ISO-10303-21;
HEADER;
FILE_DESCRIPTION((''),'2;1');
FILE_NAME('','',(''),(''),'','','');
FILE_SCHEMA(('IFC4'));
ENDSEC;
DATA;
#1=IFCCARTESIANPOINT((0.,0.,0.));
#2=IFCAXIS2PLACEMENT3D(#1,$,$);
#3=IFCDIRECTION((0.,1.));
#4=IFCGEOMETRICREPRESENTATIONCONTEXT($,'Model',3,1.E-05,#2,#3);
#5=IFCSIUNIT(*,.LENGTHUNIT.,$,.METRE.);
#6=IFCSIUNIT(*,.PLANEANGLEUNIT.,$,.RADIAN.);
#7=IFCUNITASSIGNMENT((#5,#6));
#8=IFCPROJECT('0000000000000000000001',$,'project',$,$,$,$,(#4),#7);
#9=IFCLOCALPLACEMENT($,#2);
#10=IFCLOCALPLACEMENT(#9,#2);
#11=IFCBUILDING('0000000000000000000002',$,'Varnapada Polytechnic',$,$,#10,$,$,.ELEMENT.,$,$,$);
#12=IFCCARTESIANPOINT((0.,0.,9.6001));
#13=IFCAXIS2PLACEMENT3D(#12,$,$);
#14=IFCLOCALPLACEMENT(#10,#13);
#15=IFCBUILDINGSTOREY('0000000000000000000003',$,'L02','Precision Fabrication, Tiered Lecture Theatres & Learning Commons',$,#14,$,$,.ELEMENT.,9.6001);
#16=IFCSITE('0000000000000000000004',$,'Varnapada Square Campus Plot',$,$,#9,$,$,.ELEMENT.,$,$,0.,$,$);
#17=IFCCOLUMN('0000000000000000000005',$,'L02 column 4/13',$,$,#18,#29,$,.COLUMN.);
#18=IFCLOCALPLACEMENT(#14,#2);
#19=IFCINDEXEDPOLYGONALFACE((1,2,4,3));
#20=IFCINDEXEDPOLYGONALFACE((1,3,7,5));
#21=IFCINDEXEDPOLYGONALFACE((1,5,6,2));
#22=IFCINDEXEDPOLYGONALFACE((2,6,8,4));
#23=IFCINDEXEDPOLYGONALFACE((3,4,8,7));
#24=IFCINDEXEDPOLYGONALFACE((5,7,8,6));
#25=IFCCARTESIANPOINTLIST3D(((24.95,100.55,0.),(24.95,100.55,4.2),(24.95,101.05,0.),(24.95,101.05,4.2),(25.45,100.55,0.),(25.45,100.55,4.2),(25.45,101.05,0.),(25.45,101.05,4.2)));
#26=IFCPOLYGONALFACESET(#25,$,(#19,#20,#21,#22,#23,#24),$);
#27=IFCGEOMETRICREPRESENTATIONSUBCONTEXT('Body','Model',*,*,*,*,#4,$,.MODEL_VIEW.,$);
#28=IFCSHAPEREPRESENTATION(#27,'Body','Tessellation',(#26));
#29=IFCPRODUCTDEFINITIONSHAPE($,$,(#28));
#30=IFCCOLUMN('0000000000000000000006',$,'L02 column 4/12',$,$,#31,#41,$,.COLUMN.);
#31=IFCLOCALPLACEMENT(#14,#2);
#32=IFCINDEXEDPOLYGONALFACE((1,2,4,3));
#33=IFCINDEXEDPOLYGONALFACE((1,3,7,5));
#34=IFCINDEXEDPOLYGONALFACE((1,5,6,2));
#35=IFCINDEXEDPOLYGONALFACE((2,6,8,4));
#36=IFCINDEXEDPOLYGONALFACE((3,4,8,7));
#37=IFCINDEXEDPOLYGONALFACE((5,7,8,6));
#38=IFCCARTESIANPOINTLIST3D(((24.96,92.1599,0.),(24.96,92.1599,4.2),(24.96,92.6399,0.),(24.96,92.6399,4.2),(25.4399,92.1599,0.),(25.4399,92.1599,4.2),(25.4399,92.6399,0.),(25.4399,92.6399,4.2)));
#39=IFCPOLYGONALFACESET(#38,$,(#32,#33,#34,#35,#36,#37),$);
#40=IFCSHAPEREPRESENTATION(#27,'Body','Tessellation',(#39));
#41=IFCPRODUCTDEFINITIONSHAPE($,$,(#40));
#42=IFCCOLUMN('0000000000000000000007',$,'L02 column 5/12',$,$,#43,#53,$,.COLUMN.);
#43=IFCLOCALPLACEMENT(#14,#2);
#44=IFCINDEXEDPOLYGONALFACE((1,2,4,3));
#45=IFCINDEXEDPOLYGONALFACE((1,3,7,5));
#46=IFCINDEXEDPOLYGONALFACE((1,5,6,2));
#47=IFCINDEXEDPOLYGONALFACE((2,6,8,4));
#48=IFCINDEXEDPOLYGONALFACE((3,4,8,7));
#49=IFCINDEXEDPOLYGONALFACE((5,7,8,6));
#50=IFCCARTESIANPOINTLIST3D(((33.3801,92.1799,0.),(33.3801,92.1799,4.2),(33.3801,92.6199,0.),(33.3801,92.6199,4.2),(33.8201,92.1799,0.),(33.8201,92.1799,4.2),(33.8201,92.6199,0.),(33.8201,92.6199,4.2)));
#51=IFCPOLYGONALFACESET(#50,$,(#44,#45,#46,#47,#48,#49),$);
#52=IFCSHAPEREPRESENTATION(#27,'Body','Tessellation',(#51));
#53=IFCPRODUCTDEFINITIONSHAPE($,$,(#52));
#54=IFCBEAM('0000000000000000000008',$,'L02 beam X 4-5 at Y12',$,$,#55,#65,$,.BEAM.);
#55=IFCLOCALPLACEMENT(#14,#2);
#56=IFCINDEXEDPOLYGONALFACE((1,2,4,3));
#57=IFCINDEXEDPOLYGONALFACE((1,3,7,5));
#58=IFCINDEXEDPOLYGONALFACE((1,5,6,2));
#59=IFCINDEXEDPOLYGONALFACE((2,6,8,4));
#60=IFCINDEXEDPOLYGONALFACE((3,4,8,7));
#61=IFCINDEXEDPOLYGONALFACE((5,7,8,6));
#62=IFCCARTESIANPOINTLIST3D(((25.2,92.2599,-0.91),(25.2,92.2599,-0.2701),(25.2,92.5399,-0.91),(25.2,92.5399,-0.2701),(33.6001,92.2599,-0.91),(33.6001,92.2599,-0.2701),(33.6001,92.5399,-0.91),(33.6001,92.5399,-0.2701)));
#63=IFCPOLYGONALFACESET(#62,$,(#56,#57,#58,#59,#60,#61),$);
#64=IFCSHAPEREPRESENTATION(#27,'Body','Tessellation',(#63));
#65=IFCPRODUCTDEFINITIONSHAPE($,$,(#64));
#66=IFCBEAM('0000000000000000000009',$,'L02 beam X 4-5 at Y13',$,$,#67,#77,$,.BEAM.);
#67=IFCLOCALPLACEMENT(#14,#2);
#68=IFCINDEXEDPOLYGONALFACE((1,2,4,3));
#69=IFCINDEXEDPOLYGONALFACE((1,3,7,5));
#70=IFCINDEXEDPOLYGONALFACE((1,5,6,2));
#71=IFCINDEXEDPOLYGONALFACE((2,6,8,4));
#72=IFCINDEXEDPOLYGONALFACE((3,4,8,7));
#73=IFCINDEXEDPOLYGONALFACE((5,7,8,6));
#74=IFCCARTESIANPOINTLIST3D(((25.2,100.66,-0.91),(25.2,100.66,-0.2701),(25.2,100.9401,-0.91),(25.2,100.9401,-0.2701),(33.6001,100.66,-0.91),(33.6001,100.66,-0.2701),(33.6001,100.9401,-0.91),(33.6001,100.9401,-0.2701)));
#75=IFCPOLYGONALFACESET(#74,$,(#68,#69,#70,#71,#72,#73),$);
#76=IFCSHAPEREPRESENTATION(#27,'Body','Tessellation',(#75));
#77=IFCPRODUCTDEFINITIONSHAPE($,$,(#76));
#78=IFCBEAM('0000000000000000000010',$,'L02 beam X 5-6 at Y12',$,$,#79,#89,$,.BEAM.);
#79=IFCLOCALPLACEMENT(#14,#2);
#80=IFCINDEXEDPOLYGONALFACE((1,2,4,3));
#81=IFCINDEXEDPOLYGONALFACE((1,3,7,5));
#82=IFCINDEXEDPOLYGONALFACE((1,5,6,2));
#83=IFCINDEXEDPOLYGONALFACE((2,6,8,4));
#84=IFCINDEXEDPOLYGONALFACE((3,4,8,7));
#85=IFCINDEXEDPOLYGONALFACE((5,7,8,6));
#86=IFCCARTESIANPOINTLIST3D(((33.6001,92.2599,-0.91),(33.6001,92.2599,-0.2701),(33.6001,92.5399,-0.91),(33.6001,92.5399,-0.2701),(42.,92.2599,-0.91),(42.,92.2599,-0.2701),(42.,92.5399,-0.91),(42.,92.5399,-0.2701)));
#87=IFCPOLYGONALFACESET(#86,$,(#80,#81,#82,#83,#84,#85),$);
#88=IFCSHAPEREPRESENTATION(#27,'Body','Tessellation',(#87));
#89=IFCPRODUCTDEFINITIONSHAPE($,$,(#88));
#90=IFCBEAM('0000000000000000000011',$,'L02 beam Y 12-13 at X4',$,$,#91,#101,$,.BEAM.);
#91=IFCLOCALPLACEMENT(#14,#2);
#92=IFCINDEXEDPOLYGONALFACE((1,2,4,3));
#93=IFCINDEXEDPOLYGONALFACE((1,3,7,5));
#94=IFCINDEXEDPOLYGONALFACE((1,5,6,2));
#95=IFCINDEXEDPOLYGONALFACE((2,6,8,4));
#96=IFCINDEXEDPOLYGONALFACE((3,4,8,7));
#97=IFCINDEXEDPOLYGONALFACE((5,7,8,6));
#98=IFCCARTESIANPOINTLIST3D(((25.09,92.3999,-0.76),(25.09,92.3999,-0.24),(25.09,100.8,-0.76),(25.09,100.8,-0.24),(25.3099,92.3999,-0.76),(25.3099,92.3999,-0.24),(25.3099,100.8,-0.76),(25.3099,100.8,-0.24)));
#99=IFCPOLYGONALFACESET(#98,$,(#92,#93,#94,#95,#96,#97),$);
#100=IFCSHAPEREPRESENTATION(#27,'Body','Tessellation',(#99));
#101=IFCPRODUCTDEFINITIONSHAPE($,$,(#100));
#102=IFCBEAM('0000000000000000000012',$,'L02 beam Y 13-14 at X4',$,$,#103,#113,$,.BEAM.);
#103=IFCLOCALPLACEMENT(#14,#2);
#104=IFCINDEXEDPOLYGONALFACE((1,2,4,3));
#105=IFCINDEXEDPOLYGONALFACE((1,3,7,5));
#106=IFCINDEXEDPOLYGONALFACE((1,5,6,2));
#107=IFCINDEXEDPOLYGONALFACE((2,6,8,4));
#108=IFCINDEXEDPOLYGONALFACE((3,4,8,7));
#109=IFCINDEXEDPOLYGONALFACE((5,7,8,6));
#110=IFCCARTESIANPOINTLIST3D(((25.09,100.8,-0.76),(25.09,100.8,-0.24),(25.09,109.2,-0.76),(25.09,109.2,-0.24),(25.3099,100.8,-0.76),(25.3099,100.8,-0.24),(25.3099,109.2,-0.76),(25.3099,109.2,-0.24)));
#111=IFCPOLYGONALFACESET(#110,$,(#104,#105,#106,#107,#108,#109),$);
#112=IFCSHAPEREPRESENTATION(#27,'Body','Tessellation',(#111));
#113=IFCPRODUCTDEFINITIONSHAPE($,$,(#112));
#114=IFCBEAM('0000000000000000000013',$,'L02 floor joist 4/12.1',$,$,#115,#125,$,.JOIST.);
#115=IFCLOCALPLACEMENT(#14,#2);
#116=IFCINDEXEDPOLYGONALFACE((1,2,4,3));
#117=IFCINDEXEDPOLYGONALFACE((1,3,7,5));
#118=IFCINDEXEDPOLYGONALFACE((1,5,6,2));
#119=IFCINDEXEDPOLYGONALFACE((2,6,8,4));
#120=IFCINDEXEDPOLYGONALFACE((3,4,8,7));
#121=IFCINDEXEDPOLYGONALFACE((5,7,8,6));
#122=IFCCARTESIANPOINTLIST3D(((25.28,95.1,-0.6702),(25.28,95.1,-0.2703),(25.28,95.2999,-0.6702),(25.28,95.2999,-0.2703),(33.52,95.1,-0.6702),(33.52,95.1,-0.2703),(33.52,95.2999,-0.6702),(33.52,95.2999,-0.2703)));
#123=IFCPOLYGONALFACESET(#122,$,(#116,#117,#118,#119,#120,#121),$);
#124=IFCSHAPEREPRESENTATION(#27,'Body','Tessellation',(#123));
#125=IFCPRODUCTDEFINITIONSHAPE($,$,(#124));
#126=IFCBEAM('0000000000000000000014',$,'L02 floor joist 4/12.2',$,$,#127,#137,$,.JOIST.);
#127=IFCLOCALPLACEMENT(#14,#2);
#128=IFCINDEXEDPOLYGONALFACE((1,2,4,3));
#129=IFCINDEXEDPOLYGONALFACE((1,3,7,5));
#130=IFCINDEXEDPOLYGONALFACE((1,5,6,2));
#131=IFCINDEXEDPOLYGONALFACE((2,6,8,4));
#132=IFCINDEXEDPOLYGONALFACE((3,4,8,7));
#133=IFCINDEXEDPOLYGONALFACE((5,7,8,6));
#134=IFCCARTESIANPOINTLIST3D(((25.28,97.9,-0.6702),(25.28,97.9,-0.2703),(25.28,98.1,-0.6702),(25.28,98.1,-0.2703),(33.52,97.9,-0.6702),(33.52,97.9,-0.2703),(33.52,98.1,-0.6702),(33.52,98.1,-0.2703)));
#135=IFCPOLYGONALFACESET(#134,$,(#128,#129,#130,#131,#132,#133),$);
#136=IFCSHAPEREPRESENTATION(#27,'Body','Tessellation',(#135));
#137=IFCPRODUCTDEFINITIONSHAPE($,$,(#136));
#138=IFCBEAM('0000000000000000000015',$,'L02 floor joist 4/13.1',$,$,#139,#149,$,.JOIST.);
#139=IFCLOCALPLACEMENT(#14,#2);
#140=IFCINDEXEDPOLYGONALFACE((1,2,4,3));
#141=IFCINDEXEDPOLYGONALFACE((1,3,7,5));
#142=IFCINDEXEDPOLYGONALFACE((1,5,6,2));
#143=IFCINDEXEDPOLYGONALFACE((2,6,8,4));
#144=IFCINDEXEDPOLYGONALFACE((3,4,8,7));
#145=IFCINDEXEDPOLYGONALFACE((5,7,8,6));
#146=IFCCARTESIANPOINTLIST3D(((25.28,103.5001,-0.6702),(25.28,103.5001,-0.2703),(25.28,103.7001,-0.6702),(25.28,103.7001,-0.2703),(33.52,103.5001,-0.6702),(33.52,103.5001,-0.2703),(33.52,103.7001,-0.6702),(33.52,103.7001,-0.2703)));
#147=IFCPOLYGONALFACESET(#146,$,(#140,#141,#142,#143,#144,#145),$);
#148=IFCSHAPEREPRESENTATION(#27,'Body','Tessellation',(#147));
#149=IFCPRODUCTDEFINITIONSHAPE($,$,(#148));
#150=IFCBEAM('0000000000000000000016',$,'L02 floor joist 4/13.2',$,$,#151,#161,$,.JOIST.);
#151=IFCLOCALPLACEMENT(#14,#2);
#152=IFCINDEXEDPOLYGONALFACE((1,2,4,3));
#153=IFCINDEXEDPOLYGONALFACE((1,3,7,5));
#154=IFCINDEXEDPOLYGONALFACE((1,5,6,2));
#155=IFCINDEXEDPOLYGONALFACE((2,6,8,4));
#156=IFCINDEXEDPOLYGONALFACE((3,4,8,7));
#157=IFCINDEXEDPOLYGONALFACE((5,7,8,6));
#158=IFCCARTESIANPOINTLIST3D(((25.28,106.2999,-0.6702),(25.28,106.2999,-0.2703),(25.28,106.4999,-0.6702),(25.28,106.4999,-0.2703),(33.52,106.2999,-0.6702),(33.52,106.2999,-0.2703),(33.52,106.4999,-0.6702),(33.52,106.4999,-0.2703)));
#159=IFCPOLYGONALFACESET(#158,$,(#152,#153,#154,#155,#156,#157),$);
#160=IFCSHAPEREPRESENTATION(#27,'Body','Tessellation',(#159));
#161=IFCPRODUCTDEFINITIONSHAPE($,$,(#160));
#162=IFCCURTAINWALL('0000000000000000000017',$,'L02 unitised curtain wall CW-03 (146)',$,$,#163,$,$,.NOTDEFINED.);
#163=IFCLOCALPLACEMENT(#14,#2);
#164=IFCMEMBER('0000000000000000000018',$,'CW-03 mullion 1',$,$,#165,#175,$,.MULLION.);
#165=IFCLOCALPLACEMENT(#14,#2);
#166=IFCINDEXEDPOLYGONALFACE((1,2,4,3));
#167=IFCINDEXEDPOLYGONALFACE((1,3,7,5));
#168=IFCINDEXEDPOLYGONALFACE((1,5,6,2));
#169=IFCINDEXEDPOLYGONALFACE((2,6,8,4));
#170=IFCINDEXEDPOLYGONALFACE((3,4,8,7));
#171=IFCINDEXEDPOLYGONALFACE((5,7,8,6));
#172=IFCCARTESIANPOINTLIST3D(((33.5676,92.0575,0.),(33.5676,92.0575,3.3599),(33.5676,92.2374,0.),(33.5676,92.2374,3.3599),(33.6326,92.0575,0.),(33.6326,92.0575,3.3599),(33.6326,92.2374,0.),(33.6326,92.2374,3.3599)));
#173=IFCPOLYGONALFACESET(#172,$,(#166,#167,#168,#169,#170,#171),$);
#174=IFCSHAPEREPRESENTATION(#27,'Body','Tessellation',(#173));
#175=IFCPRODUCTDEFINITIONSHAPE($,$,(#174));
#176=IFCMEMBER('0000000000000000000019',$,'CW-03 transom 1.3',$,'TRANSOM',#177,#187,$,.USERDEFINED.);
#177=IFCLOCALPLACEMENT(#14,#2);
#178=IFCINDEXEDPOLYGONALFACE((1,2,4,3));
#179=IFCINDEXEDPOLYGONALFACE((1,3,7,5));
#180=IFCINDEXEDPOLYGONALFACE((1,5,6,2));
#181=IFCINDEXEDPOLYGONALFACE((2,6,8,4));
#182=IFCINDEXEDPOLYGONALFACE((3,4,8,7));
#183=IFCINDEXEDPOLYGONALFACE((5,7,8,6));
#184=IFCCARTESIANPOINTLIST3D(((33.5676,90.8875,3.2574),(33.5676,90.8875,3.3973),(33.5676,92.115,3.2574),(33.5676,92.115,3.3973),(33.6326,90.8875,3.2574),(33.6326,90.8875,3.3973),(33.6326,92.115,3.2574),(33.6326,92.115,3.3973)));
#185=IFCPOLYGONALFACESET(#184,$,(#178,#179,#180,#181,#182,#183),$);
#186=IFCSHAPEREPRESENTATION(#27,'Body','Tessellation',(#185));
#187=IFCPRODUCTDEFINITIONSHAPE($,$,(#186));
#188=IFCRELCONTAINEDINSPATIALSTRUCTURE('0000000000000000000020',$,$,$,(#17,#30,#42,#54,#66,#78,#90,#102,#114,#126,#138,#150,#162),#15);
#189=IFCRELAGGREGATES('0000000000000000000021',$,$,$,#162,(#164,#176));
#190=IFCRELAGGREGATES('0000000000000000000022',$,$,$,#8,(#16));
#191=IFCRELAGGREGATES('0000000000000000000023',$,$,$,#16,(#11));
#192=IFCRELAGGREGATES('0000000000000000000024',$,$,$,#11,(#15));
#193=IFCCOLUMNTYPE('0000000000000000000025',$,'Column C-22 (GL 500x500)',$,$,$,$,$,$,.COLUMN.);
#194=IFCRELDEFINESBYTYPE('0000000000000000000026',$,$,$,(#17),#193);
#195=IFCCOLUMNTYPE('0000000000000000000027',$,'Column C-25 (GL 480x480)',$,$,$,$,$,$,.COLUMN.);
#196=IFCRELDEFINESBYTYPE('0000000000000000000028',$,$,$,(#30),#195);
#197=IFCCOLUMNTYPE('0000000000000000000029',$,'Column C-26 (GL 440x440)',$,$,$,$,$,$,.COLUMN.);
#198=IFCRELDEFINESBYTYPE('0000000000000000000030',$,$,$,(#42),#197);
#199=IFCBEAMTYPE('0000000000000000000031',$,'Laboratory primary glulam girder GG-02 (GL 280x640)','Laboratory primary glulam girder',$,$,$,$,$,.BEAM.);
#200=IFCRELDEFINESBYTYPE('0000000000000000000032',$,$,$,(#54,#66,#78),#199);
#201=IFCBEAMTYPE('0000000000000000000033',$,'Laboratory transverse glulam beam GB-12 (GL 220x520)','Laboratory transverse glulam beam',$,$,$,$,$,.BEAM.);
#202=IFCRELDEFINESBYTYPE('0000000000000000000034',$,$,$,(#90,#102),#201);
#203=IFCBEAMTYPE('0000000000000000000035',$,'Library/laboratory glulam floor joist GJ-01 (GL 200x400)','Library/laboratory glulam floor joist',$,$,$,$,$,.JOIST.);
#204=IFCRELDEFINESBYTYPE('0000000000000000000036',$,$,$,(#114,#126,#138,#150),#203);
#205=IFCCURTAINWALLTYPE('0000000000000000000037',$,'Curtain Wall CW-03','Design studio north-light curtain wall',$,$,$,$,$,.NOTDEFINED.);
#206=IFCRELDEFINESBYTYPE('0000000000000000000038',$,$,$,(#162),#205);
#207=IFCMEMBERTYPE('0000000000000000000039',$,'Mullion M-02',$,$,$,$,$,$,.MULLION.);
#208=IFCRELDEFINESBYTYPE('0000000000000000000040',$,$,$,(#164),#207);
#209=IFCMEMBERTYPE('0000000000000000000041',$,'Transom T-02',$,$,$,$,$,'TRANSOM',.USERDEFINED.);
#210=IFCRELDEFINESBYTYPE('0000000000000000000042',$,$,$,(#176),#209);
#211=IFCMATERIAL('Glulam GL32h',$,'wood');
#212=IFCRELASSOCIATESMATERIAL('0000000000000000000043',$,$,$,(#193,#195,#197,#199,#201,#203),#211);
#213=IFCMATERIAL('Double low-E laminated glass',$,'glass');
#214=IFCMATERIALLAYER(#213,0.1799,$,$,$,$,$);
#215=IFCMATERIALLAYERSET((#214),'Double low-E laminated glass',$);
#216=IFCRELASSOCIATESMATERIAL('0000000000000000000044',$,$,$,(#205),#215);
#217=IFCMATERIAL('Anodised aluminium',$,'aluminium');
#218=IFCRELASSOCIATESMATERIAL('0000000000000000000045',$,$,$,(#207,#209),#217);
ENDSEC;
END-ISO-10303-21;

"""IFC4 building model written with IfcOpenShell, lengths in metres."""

from ifc_helpers import new_model, si_unit, direction, frame, origin, origin_2d, place, context, subcontext, project, spatial, rectangle, extrude, material, layer, layer_set, material_profile, profile_set, type_object, element, aggregate, save


model = new_model("IFC4")

# Units and contexts
model_context = context("Model", 3, precision=1e-05, world=origin(), true_north=direction((0.0, 1.0)))
body_context = subcontext(model_context, "Body", "Model", "MODEL_VIEW")
ifc_project = project(units=[si_unit("LENGTHUNIT", "METRE"), si_unit("PLANEANGLEUNIT", "RADIAN")], contexts=[model_context])

# Site, building, storey
site_placement = place(None, origin())
site = spatial("IfcSite", under=ifc_project, at=site_placement, Name="Varnapada Square Campus Plot", CompositionType="ELEMENT", RefElevation=0.0)
building_placement = place(site_placement, origin())
building = spatial("IfcBuilding", under=site, at=building_placement, Name="Varnapada Polytechnic", CompositionType="ELEMENT")
storey_placement = place(building_placement, frame((0.0, 0.0, 9.6001)))
storey = spatial("IfcBuildingStorey", under=building, at=storey_placement, Name="L02", Description="Precision Fabrication, Tiered Lecture Theatres & Learning Commons", CompositionType="ELEMENT", Elevation=9.6001)

# Columns
ifc_material_1 = material(Name="Glulam GL32h", Category="wood")
ifc_material_profile_1 = material_profile(ifc_material_1, rectangle(XDim=0.5, YDim=0.5, at=origin_2d()), Name="GL 500x500")
ifc_profile_set_1 = profile_set([ifc_material_profile_1], Name="Glulam GL32h")
column_type_1 = type_object("IfcColumnType", Name="Column C-22 (GL 500x500)", PredefinedType="COLUMN", material=ifc_profile_set_1)
column_1_placement = place(storey_placement, frame((25.2, 100.8, 0.0), z_axis=(0.0, 0.0, 1.0), x_axis=(1.0, 0.0, 0.0)))
element("IfcColumn", 1, at=column_1_placement, inside=storey, type_object=column_type_1, Name="L02 column 4/13", PredefinedType="COLUMN", context=body_context, shape_type="SweptSolid", body=[
    extrude(rectangle(XDim=0.5, YDim=0.5, at=origin_2d()), origin(), (0.0, 0.0, 1.0), 4.2),
])
ifc_material_profile_2 = material_profile(ifc_material_1, rectangle(XDim=0.48, YDim=0.48, at=origin_2d()), Name="GL 480x480")
ifc_profile_set_2 = profile_set([ifc_material_profile_2], Name="Glulam GL32h")
column_type_2 = type_object("IfcColumnType", Name="Column C-25 (GL 480x480)", PredefinedType="COLUMN", material=ifc_profile_set_2)
column_2_placement = place(storey_placement, frame((25.2, 92.3999, 0.0), z_axis=(0.0, 0.0, 1.0), x_axis=(1.0, 0.0, 0.0)))
element("IfcColumn", 2, at=column_2_placement, inside=storey, type_object=column_type_2, Name="L02 column 4/12", PredefinedType="COLUMN", context=body_context, shape_type="SweptSolid", body=[
    extrude(rectangle(XDim=0.48, YDim=0.48, at=origin_2d()), origin(), (0.0, 0.0, 1.0), 4.2),
])
ifc_material_profile_3 = material_profile(ifc_material_1, rectangle(XDim=0.4399, YDim=0.4399, at=origin_2d()), Name="GL 440x440")
ifc_profile_set_3 = profile_set([ifc_material_profile_3], Name="Glulam GL32h")
column_type_3 = type_object("IfcColumnType", Name="Column C-26 (GL 440x440)", PredefinedType="COLUMN", material=ifc_profile_set_3)
column_3_placement = place(storey_placement, frame((33.6001, 92.3999, 0.0), z_axis=(0.0, 0.0, 1.0), x_axis=(1.0, 0.0, 0.0)))
element("IfcColumn", 3, at=column_3_placement, inside=storey, type_object=column_type_3, Name="L02 column 5/12", PredefinedType="COLUMN", context=body_context, shape_type="SweptSolid", body=[
    extrude(rectangle(XDim=0.4399, YDim=0.4399, at=origin_2d()), origin(), (0.0, 0.0, 1.0), 4.2),
])

# Beams
ifc_material_profile_4 = material_profile(ifc_material_1, rectangle(XDim=0.28, YDim=0.6399, at=origin_2d()), Name="GL 280x640")
ifc_profile_set_4 = profile_set([ifc_material_profile_4], Name="Glulam GL32h")
beam_type_1 = type_object("IfcBeamType", Name="Laboratory primary glulam girder GG-02 (GL 280x640)", Description="Laboratory primary glulam girder", PredefinedType="BEAM", material=ifc_profile_set_4)
for number, where, z_axis, x_axis, name in (
    (4, (25.2, 92.3999, -0.5901), (1.0, 0.0, 0.0), (0.0, 1.0, 0.0), "L02 beam X 4-5 at Y12"),
    (5, (25.2, 100.8, -0.5901), (1.0, 0.0, 0.0), (0.0, 1.0, 0.0), "L02 beam X 4-5 at Y13"),
):
    element("IfcBeam", number, at=place(storey_placement, frame(where, z_axis=z_axis, x_axis=x_axis)), inside=storey, type_object=beam_type_1, Name=name, PredefinedType="BEAM", context=body_context, shape_type="SweptSolid", body=[
        extrude(rectangle(XDim=0.28, YDim=0.6399, at=origin_2d()), origin(), (0.0, 0.0, 1.0), 8.4001),
    ])
beam_1_placement = place(storey_placement, frame((33.6001, 92.3999, -0.5901), z_axis=(1.0, 0.0, 0.0), x_axis=(0.0, 1.0, 0.0)))
element("IfcBeam", 6, at=beam_1_placement, inside=storey, type_object=beam_type_1, Name="L02 beam X 5-6 at Y12", PredefinedType="BEAM", context=body_context, shape_type="SweptSolid", body=[
    extrude(rectangle(XDim=0.28, YDim=0.6399, at=origin_2d()), origin(), (0.0, 0.0, 1.0), 8.3999),
])
ifc_material_profile_5 = material_profile(ifc_material_1, rectangle(XDim=0.22, YDim=0.52, at=origin_2d()), Name="GL 220x520")
ifc_profile_set_5 = profile_set([ifc_material_profile_5], Name="Glulam GL32h")
beam_type_2 = type_object("IfcBeamType", Name="Laboratory transverse glulam beam GB-12 (GL 220x520)", Description="Laboratory transverse glulam beam", PredefinedType="BEAM", material=ifc_profile_set_5)
beam_2_placement = place(storey_placement, frame((25.2, 92.3999, -0.5), z_axis=(0.0, 1.0, 0.0), x_axis=(-1.0, 0.0, 0.0)))
element("IfcBeam", 7, at=beam_2_placement, inside=storey, type_object=beam_type_2, Name="L02 beam Y 12-13 at X4", PredefinedType="BEAM", context=body_context, shape_type="SweptSolid", body=[
    extrude(rectangle(XDim=0.22, YDim=0.52, at=origin_2d()), origin(), (0.0, 0.0, 1.0), 8.4001),
])
beam_3_placement = place(storey_placement, frame((25.2, 100.8, -0.5), z_axis=(0.0, 1.0, 0.0), x_axis=(-1.0, 0.0, 0.0)))
element("IfcBeam", 8, at=beam_3_placement, inside=storey, type_object=beam_type_2, Name="L02 beam Y 13-14 at X4", PredefinedType="BEAM", context=body_context, shape_type="SweptSolid", body=[
    extrude(rectangle(XDim=0.22, YDim=0.52, at=origin_2d()), origin(), (0.0, 0.0, 1.0), 8.3999),
])
ifc_material_profile_6 = material_profile(ifc_material_1, rectangle(XDim=0.2, YDim=0.3999, at=origin_2d()), Name="GL 200x400")
ifc_profile_set_6 = profile_set([ifc_material_profile_6], Name="Glulam GL32h")
beam_type_3 = type_object("IfcBeamType", Name="Library/laboratory glulam floor joist GJ-01 (GL 200x400)", Description="Library/laboratory glulam floor joist", PredefinedType="JOIST", material=ifc_profile_set_6)
for number, where, z_axis, x_axis, name in (
    (9, (25.28, 95.2, -0.4702), (1.0, 0.0, 0.0), (0.0, 1.0, 0.0), "L02 floor joist 4/12.1"),
    (10, (25.28, 98.0, -0.4702), (1.0, 0.0, 0.0), (0.0, 1.0, 0.0), "L02 floor joist 4/12.2"),
    (11, (25.28, 103.6001, -0.4702), (1.0, 0.0, 0.0), (0.0, 1.0, 0.0), "L02 floor joist 4/13.1"),
    (12, (25.28, 106.3999, -0.4702), (1.0, 0.0, 0.0), (0.0, 1.0, 0.0), "L02 floor joist 4/13.2"),
):
    element("IfcBeam", number, at=place(storey_placement, frame(where, z_axis=z_axis, x_axis=x_axis)), inside=storey, type_object=beam_type_3, Name=name, PredefinedType="JOIST", context=body_context, shape_type="SweptSolid", body=[
        extrude(rectangle(XDim=0.2, YDim=0.3999, at=origin_2d()), origin(), (0.0, 0.0, 1.0), 8.24),
    ])

# Curtain wall, members
ifc_material_2 = material(Name="Double low-E laminated glass", Category="glass")
ifc_layer_1 = layer(ifc_material_2, 0.1799)
ifc_layer_set_1 = layer_set([ifc_layer_1], Name="Double low-E laminated glass")
curtain_wall_type = type_object("IfcCurtainWallType", Name="Curtain Wall CW-03", Description="Design studio north-light curtain wall", PredefinedType="NOTDEFINED", material=ifc_layer_set_1)
curtain_wall_placement = place(storey_placement, origin())
curtain_wall = element("IfcCurtainWall", 13, at=curtain_wall_placement, inside=storey, type_object=curtain_wall_type, Name="L02 unitised curtain wall CW-03 (146)", PredefinedType="NOTDEFINED")
ifc_material_3 = material(Name="Anodised aluminium", Category="aluminium")
ifc_material_profile_7 = material_profile(ifc_material_3, rectangle(XDim=0.0649, YDim=0.1799, at=origin_2d()), Name="ALU M65x180")
ifc_profile_set_7 = profile_set([ifc_material_profile_7], Name="Anodised aluminium")
member_type_1 = type_object("IfcMemberType", Name="Mullion M-02", PredefinedType="MULLION", material=ifc_profile_set_7)
member_1_placement = place(storey_placement, frame((33.6001, 92.1475, 0.0), z_axis=(0.0, 0.0, 1.0), x_axis=(1.0, 0.0, 0.0)))
member_1 = element("IfcMember", 14, at=member_1_placement, type_object=member_type_1, Name="CW-03 mullion 1", PredefinedType="MULLION", context=body_context, shape_type="SweptSolid", body=[
    extrude(rectangle(XDim=0.0649, YDim=0.1799, at=origin_2d()), origin(), (0.0, 0.0, 1.0), 3.3599),
])
ifc_material_profile_8 = material_profile(ifc_material_3, rectangle(XDim=0.0649, YDim=0.1399, at=origin_2d()), Name="ALU T65x140")
ifc_profile_set_8 = profile_set([ifc_material_profile_8], Name="Anodised aluminium")
member_type_2 = type_object("IfcMemberType", Name="Transom T-02", ElementType="TRANSOM", PredefinedType="USERDEFINED", material=ifc_profile_set_8)
member_2_placement = place(storey_placement, frame((33.6001, 92.115, 3.3274), z_axis=(0.0, -1.0, 0.0), x_axis=(1.0, 0.0, 0.0)))
member_2 = element("IfcMember", 15, at=member_2_placement, type_object=member_type_2, Name="CW-03 transom 1.3", ObjectType="TRANSOM", PredefinedType="USERDEFINED", context=body_context, shape_type="SweptSolid", body=[
    extrude(rectangle(XDim=0.0649, YDim=0.1399, at=origin_2d()), origin(), (0.0, 0.0, 1.0), 1.2275),
])
aggregate(curtain_wall, [member_1, member_2])

save(model, "model.ifc")
